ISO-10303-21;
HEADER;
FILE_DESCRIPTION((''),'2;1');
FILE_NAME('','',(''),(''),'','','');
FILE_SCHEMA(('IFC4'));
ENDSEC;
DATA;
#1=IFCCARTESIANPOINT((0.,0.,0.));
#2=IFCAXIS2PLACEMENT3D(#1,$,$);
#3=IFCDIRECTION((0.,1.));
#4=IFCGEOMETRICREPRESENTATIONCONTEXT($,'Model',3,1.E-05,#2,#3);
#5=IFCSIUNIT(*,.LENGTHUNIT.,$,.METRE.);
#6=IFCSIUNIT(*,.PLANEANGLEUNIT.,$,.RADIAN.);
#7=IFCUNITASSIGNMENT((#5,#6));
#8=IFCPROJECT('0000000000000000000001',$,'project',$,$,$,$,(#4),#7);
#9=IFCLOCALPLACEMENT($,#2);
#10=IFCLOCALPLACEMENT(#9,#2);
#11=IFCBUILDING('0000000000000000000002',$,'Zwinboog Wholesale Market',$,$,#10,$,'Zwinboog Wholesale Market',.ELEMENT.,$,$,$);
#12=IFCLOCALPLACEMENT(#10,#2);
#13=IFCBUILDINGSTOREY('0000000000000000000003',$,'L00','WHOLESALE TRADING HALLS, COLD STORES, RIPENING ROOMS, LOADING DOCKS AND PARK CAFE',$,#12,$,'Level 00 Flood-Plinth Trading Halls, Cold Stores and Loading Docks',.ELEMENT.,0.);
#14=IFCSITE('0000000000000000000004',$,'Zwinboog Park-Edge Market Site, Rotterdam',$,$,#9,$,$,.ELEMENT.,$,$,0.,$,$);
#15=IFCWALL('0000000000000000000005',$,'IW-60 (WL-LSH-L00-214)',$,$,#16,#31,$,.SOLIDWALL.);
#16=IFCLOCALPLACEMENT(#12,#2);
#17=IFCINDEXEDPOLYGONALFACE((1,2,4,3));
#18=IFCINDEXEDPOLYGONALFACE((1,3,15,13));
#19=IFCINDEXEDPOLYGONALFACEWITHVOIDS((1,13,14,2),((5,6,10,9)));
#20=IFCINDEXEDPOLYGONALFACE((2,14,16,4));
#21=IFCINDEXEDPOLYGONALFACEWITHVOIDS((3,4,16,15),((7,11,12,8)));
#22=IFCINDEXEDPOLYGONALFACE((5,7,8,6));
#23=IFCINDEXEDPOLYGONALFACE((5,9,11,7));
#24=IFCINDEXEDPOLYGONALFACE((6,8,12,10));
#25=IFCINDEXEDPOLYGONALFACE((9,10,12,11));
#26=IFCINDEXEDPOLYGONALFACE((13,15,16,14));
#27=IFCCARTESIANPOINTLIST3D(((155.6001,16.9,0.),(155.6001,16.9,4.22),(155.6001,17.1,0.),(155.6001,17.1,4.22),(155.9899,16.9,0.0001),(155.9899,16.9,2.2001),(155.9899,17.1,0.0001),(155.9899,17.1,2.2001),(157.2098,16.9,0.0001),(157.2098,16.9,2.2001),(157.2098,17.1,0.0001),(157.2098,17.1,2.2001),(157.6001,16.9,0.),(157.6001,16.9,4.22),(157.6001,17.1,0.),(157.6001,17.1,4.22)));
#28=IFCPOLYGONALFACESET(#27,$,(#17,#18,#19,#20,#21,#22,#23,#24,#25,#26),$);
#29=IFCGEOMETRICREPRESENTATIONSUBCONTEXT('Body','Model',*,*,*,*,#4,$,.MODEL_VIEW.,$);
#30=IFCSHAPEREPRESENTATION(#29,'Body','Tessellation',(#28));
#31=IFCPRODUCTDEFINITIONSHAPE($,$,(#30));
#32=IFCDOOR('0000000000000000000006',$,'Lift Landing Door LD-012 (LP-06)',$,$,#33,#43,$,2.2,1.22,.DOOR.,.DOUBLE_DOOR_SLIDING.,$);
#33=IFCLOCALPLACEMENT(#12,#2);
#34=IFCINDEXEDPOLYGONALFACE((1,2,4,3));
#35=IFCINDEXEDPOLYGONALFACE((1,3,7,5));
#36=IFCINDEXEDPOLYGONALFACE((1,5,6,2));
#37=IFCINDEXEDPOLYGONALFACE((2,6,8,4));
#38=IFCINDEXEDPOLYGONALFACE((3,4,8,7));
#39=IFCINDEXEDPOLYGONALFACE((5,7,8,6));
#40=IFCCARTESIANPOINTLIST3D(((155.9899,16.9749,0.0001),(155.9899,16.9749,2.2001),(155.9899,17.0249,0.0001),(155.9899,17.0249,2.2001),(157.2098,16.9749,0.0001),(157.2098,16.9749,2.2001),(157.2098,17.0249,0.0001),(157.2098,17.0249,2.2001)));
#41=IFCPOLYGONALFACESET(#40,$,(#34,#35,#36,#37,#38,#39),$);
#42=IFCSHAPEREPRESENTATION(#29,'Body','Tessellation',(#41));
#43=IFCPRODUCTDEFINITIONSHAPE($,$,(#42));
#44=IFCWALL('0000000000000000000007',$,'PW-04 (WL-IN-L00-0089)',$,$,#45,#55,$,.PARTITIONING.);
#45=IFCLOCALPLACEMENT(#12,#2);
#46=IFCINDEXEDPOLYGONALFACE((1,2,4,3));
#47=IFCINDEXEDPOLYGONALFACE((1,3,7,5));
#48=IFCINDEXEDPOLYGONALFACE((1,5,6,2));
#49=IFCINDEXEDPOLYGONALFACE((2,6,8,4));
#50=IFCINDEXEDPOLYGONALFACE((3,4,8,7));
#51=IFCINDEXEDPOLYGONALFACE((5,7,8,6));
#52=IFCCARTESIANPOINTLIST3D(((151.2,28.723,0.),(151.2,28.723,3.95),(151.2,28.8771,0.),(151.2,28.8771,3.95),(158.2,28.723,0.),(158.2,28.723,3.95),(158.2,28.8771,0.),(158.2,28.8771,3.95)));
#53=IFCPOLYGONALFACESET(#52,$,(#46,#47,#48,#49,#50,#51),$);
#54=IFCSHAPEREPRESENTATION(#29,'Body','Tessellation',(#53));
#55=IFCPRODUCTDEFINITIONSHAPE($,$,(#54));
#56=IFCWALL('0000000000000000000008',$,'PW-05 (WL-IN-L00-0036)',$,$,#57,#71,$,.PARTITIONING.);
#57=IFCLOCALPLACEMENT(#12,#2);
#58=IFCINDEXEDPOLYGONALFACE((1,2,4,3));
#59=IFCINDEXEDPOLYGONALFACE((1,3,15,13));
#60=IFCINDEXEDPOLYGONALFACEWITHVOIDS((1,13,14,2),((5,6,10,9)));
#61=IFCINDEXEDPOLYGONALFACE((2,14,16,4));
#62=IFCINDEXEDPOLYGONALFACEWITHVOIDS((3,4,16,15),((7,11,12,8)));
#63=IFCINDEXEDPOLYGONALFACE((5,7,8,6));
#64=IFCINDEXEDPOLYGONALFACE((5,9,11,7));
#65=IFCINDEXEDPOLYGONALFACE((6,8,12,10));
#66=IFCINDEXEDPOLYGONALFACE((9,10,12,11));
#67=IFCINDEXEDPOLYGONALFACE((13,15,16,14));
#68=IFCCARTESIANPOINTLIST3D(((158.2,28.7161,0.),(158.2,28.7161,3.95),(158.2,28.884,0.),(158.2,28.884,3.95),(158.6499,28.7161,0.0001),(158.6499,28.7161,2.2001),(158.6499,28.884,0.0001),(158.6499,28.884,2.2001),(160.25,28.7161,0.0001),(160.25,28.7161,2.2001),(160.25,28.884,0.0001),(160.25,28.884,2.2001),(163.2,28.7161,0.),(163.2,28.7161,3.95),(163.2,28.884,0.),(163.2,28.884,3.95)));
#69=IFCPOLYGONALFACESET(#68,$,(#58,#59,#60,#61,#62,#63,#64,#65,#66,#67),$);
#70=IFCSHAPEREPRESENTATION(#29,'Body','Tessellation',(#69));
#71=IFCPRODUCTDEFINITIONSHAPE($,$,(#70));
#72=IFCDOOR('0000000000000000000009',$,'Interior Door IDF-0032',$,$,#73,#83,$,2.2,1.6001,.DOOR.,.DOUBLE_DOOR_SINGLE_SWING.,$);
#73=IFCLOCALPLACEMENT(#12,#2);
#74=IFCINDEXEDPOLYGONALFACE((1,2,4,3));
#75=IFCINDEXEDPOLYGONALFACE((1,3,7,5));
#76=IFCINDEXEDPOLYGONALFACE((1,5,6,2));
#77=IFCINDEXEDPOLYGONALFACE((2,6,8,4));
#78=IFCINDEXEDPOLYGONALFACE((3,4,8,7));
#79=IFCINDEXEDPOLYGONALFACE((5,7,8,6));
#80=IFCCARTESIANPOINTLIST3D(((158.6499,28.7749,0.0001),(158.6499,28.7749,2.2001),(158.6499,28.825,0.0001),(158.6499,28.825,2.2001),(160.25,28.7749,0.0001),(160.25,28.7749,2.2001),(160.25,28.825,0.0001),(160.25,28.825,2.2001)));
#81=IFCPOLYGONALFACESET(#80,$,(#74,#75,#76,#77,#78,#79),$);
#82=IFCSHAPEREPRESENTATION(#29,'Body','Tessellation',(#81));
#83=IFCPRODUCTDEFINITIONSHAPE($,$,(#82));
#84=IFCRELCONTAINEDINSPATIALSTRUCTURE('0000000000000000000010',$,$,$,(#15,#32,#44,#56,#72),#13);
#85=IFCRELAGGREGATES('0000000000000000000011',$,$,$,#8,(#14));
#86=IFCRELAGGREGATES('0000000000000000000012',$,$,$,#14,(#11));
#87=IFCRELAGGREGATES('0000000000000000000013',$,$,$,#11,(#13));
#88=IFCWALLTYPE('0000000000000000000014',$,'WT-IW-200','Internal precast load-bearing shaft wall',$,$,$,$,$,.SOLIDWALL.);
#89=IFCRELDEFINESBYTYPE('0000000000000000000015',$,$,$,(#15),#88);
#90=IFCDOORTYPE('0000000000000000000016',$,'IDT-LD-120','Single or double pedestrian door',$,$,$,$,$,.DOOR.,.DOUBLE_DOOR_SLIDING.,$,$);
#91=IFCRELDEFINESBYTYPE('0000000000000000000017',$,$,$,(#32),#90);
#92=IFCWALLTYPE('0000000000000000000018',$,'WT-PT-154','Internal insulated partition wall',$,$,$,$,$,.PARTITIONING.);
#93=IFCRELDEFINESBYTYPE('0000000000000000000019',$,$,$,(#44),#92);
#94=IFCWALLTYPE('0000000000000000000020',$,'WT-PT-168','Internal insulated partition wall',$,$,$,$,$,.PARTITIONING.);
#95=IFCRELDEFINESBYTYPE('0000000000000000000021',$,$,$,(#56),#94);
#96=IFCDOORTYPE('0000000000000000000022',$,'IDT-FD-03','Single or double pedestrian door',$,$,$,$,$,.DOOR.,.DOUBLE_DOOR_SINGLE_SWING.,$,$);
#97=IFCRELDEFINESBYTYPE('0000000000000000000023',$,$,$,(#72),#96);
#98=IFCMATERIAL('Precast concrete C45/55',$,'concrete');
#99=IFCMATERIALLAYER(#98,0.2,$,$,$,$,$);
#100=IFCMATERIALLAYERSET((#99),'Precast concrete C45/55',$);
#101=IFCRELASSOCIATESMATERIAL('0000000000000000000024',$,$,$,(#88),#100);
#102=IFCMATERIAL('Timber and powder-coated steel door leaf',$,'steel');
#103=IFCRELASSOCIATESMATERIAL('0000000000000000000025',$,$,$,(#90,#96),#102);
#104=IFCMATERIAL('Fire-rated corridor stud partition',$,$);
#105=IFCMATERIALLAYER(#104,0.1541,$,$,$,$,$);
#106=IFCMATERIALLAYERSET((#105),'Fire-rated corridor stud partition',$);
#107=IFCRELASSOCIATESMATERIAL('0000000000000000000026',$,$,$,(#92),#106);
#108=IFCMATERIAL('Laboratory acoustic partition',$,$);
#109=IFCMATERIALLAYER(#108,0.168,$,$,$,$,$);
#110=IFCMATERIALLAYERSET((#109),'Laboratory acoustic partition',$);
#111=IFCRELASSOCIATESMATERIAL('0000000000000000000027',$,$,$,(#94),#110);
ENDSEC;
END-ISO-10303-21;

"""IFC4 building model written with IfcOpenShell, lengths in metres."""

from ifc_helpers import new_model, si_unit, direction, frame, frame_2d, origin, place, context, subcontext, project, spatial, rectangle, extrude, material, layer, layer_set, type_object, element, fill, save


model = new_model("IFC4")

# Units and contexts
model_context = context("Model", 3, precision=1e-05, world=origin(), true_north=direction((0.0, 1.0)))
body_context = subcontext(model_context, "Body", "Model", "MODEL_VIEW")
ifc_project = project(units=[si_unit("LENGTHUNIT", "METRE"), si_unit("PLANEANGLEUNIT", "RADIAN")], contexts=[model_context])

# Site, building, storey
site_placement = place(None, origin())
site = spatial("IfcSite", under=ifc_project, at=site_placement, Name="Zwinboog Park-Edge Market Site, Rotterdam", CompositionType="ELEMENT", RefElevation=0.0)
building_placement = place(site_placement, origin())
building = spatial("IfcBuilding", under=site, at=building_placement, Name="Zwinboog Wholesale Market", LongName="Zwinboog Wholesale Market", CompositionType="ELEMENT")
storey_placement = place(building_placement, origin())
storey = spatial("IfcBuildingStorey", under=building, at=storey_placement, Name="L00", Description="WHOLESALE TRADING HALLS, COLD STORES, RIPENING ROOMS, LOADING DOCKS AND PARK CAFE", LongName="Level 00 Flood-Plinth Trading Halls, Cold Stores and Loading Docks", CompositionType="ELEMENT", Elevation=0.0)

# Shared definitions
ifc_material_1 = material(Name="Precast concrete C45/55", Category="concrete")

# Wall, opening, door
ifc_layer_1 = layer(ifc_material_1, 0.2)
ifc_layer_set_1 = layer_set([ifc_layer_1], Name="Precast concrete C45/55")
wall_type_1 = type_object("IfcWallType", Name="WT-IW-200", Description="Internal precast load-bearing shaft wall", PredefinedType="SOLIDWALL", material=ifc_layer_set_1)
wall_1_placement = place(storey_placement, frame((155.6001, 17.0, 0.0), z_axis=(0.0, 0.0, 1.0), x_axis=(1.0, 0.0, 0.0)))
wall_1 = element("IfcWall", 1, at=wall_1_placement, inside=storey, type_object=wall_type_1, Name="IW-60 (WL-LSH-L00-214)", PredefinedType="SOLIDWALL", context=body_context, shape_type="SweptSolid", body=[
    extrude(rectangle(XDim=2.0, YDim=0.2, at=frame_2d((1.0, 0.0))), origin(), (0.0, 0.0, 1.0), 4.22),
])
opening_1_placement = place(wall_1_placement, frame((0.3899, 0.0, 0.0)))
opening_1 = element("IfcOpeningElement", 2, at=opening_1_placement, cuts=wall_1, PredefinedType="OPENING", context=body_context, shape_type="SweptSolid", body=[
    extrude(rectangle(XDim=1.22, YDim=2.2, at=frame_2d((0.6099, 1.1001))), frame((0.0, 0.1099, 0.0), z_axis=(0.0, -1.0, 0.0), x_axis=(1.0, 0.0, 0.0)), (0.0, 0.0, 1.0), 0.22),
])
ifc_material_2 = material(Name="Timber and powder-coated steel door leaf", Category="steel")
door_type_1 = type_object("IfcDoorType", Name="IDT-LD-120", Description="Single or double pedestrian door", OperationType="DOUBLE_DOOR_SLIDING", PredefinedType="DOOR", material=ifc_material_2)
door_1_placement = place(opening_1_placement, origin())
door_1 = element("IfcDoor", 3, at=door_1_placement, inside=storey, type_object=door_type_1, Name="Lift Landing Door LD-012 (LP-06)", OperationType="DOUBLE_DOOR_SLIDING", OverallHeight=2.2, OverallWidth=1.22, PredefinedType="DOOR", context=body_context, shape_type="SweptSolid", body=[
    extrude(rectangle(XDim=1.22, YDim=2.2, at=frame_2d((0.6099, 1.1001))), frame((0.0, 0.0249, 0.0), z_axis=(0.0, -1.0, 0.0), x_axis=(1.0, 0.0, 0.0)), (0.0, 0.0, 1.0), 0.05),
])
fill(opening_1, door_1)

# Wall
ifc_material_3 = material(Name="Fire-rated corridor stud partition")
ifc_layer_2 = layer(ifc_material_3, 0.1541)
ifc_layer_set_2 = layer_set([ifc_layer_2], Name="Fire-rated corridor stud partition")
wall_type_2 = type_object("IfcWallType", Name="WT-PT-154", Description="Internal insulated partition wall", PredefinedType="PARTITIONING", material=ifc_layer_set_2)
wall_2_placement = place(storey_placement, frame((151.2, 28.8, 0.0), z_axis=(0.0, 0.0, 1.0), x_axis=(1.0, 0.0, 0.0)))
element("IfcWall", 4, at=wall_2_placement, inside=storey, type_object=wall_type_2, Name="PW-04 (WL-IN-L00-0089)", PredefinedType="PARTITIONING", context=body_context, shape_type="SweptSolid", body=[
    extrude(rectangle(XDim=7.0, YDim=0.1541, at=frame_2d((3.5, 0.0))), origin(), (0.0, 0.0, 1.0), 3.95),
])

# Wall, opening, door
ifc_material_4 = material(Name="Laboratory acoustic partition")
ifc_layer_3 = layer(ifc_material_4, 0.168)
ifc_layer_set_3 = layer_set([ifc_layer_3], Name="Laboratory acoustic partition")
wall_type_3 = type_object("IfcWallType", Name="WT-PT-168", Description="Internal insulated partition wall", PredefinedType="PARTITIONING", material=ifc_layer_set_3)
wall_3_placement = place(storey_placement, frame((158.2, 28.8, 0.0), z_axis=(0.0, 0.0, 1.0), x_axis=(1.0, 0.0, 0.0)))
wall_3 = element("IfcWall", 5, at=wall_3_placement, inside=storey, type_object=wall_type_3, Name="PW-05 (WL-IN-L00-0036)", PredefinedType="PARTITIONING", context=body_context, shape_type="SweptSolid", body=[
    extrude(rectangle(XDim=5.0, YDim=0.168, at=frame_2d((2.5, 0.0))), origin(), (0.0, 0.0, 1.0), 3.95),
])
opening_2_placement = place(wall_3_placement, frame((0.45, 0.0, 0.0)))
opening_2 = element("IfcOpeningElement", 6, at=opening_2_placement, cuts=wall_3, PredefinedType="OPENING", context=body_context, shape_type="SweptSolid", body=[
    extrude(rectangle(XDim=1.6001, YDim=2.2, at=frame_2d((0.8, 1.1001))), frame((0.0, 0.094, 0.0), z_axis=(0.0, -1.0, 0.0), x_axis=(1.0, 0.0, 0.0)), (0.0, 0.0, 1.0), 0.188),
])
door_type_2 = type_object("IfcDoorType", Name="IDT-FD-03", Description="Single or double pedestrian door", OperationType="DOUBLE_DOOR_SINGLE_SWING", PredefinedType="DOOR", material=ifc_material_2)
door_2_placement = place(opening_2_placement, origin())
door_2 = element("IfcDoor", 7, at=door_2_placement, inside=storey, type_object=door_type_2, Name="Interior Door IDF-0032", OperationType="DOUBLE_DOOR_SINGLE_SWING", OverallHeight=2.2, OverallWidth=1.6001, PredefinedType="DOOR", context=body_context, shape_type="SweptSolid", body=[
    extrude(rectangle(XDim=1.6001, YDim=2.2, at=frame_2d((0.8, 1.1001))), frame((0.0, 0.0249, 0.0), z_axis=(0.0, -1.0, 0.0), x_axis=(1.0, 0.0, 0.0)), (0.0, 0.0, 1.0), 0.05),
])
fill(opening_2, door_2)

save(model, "model.ifc")
